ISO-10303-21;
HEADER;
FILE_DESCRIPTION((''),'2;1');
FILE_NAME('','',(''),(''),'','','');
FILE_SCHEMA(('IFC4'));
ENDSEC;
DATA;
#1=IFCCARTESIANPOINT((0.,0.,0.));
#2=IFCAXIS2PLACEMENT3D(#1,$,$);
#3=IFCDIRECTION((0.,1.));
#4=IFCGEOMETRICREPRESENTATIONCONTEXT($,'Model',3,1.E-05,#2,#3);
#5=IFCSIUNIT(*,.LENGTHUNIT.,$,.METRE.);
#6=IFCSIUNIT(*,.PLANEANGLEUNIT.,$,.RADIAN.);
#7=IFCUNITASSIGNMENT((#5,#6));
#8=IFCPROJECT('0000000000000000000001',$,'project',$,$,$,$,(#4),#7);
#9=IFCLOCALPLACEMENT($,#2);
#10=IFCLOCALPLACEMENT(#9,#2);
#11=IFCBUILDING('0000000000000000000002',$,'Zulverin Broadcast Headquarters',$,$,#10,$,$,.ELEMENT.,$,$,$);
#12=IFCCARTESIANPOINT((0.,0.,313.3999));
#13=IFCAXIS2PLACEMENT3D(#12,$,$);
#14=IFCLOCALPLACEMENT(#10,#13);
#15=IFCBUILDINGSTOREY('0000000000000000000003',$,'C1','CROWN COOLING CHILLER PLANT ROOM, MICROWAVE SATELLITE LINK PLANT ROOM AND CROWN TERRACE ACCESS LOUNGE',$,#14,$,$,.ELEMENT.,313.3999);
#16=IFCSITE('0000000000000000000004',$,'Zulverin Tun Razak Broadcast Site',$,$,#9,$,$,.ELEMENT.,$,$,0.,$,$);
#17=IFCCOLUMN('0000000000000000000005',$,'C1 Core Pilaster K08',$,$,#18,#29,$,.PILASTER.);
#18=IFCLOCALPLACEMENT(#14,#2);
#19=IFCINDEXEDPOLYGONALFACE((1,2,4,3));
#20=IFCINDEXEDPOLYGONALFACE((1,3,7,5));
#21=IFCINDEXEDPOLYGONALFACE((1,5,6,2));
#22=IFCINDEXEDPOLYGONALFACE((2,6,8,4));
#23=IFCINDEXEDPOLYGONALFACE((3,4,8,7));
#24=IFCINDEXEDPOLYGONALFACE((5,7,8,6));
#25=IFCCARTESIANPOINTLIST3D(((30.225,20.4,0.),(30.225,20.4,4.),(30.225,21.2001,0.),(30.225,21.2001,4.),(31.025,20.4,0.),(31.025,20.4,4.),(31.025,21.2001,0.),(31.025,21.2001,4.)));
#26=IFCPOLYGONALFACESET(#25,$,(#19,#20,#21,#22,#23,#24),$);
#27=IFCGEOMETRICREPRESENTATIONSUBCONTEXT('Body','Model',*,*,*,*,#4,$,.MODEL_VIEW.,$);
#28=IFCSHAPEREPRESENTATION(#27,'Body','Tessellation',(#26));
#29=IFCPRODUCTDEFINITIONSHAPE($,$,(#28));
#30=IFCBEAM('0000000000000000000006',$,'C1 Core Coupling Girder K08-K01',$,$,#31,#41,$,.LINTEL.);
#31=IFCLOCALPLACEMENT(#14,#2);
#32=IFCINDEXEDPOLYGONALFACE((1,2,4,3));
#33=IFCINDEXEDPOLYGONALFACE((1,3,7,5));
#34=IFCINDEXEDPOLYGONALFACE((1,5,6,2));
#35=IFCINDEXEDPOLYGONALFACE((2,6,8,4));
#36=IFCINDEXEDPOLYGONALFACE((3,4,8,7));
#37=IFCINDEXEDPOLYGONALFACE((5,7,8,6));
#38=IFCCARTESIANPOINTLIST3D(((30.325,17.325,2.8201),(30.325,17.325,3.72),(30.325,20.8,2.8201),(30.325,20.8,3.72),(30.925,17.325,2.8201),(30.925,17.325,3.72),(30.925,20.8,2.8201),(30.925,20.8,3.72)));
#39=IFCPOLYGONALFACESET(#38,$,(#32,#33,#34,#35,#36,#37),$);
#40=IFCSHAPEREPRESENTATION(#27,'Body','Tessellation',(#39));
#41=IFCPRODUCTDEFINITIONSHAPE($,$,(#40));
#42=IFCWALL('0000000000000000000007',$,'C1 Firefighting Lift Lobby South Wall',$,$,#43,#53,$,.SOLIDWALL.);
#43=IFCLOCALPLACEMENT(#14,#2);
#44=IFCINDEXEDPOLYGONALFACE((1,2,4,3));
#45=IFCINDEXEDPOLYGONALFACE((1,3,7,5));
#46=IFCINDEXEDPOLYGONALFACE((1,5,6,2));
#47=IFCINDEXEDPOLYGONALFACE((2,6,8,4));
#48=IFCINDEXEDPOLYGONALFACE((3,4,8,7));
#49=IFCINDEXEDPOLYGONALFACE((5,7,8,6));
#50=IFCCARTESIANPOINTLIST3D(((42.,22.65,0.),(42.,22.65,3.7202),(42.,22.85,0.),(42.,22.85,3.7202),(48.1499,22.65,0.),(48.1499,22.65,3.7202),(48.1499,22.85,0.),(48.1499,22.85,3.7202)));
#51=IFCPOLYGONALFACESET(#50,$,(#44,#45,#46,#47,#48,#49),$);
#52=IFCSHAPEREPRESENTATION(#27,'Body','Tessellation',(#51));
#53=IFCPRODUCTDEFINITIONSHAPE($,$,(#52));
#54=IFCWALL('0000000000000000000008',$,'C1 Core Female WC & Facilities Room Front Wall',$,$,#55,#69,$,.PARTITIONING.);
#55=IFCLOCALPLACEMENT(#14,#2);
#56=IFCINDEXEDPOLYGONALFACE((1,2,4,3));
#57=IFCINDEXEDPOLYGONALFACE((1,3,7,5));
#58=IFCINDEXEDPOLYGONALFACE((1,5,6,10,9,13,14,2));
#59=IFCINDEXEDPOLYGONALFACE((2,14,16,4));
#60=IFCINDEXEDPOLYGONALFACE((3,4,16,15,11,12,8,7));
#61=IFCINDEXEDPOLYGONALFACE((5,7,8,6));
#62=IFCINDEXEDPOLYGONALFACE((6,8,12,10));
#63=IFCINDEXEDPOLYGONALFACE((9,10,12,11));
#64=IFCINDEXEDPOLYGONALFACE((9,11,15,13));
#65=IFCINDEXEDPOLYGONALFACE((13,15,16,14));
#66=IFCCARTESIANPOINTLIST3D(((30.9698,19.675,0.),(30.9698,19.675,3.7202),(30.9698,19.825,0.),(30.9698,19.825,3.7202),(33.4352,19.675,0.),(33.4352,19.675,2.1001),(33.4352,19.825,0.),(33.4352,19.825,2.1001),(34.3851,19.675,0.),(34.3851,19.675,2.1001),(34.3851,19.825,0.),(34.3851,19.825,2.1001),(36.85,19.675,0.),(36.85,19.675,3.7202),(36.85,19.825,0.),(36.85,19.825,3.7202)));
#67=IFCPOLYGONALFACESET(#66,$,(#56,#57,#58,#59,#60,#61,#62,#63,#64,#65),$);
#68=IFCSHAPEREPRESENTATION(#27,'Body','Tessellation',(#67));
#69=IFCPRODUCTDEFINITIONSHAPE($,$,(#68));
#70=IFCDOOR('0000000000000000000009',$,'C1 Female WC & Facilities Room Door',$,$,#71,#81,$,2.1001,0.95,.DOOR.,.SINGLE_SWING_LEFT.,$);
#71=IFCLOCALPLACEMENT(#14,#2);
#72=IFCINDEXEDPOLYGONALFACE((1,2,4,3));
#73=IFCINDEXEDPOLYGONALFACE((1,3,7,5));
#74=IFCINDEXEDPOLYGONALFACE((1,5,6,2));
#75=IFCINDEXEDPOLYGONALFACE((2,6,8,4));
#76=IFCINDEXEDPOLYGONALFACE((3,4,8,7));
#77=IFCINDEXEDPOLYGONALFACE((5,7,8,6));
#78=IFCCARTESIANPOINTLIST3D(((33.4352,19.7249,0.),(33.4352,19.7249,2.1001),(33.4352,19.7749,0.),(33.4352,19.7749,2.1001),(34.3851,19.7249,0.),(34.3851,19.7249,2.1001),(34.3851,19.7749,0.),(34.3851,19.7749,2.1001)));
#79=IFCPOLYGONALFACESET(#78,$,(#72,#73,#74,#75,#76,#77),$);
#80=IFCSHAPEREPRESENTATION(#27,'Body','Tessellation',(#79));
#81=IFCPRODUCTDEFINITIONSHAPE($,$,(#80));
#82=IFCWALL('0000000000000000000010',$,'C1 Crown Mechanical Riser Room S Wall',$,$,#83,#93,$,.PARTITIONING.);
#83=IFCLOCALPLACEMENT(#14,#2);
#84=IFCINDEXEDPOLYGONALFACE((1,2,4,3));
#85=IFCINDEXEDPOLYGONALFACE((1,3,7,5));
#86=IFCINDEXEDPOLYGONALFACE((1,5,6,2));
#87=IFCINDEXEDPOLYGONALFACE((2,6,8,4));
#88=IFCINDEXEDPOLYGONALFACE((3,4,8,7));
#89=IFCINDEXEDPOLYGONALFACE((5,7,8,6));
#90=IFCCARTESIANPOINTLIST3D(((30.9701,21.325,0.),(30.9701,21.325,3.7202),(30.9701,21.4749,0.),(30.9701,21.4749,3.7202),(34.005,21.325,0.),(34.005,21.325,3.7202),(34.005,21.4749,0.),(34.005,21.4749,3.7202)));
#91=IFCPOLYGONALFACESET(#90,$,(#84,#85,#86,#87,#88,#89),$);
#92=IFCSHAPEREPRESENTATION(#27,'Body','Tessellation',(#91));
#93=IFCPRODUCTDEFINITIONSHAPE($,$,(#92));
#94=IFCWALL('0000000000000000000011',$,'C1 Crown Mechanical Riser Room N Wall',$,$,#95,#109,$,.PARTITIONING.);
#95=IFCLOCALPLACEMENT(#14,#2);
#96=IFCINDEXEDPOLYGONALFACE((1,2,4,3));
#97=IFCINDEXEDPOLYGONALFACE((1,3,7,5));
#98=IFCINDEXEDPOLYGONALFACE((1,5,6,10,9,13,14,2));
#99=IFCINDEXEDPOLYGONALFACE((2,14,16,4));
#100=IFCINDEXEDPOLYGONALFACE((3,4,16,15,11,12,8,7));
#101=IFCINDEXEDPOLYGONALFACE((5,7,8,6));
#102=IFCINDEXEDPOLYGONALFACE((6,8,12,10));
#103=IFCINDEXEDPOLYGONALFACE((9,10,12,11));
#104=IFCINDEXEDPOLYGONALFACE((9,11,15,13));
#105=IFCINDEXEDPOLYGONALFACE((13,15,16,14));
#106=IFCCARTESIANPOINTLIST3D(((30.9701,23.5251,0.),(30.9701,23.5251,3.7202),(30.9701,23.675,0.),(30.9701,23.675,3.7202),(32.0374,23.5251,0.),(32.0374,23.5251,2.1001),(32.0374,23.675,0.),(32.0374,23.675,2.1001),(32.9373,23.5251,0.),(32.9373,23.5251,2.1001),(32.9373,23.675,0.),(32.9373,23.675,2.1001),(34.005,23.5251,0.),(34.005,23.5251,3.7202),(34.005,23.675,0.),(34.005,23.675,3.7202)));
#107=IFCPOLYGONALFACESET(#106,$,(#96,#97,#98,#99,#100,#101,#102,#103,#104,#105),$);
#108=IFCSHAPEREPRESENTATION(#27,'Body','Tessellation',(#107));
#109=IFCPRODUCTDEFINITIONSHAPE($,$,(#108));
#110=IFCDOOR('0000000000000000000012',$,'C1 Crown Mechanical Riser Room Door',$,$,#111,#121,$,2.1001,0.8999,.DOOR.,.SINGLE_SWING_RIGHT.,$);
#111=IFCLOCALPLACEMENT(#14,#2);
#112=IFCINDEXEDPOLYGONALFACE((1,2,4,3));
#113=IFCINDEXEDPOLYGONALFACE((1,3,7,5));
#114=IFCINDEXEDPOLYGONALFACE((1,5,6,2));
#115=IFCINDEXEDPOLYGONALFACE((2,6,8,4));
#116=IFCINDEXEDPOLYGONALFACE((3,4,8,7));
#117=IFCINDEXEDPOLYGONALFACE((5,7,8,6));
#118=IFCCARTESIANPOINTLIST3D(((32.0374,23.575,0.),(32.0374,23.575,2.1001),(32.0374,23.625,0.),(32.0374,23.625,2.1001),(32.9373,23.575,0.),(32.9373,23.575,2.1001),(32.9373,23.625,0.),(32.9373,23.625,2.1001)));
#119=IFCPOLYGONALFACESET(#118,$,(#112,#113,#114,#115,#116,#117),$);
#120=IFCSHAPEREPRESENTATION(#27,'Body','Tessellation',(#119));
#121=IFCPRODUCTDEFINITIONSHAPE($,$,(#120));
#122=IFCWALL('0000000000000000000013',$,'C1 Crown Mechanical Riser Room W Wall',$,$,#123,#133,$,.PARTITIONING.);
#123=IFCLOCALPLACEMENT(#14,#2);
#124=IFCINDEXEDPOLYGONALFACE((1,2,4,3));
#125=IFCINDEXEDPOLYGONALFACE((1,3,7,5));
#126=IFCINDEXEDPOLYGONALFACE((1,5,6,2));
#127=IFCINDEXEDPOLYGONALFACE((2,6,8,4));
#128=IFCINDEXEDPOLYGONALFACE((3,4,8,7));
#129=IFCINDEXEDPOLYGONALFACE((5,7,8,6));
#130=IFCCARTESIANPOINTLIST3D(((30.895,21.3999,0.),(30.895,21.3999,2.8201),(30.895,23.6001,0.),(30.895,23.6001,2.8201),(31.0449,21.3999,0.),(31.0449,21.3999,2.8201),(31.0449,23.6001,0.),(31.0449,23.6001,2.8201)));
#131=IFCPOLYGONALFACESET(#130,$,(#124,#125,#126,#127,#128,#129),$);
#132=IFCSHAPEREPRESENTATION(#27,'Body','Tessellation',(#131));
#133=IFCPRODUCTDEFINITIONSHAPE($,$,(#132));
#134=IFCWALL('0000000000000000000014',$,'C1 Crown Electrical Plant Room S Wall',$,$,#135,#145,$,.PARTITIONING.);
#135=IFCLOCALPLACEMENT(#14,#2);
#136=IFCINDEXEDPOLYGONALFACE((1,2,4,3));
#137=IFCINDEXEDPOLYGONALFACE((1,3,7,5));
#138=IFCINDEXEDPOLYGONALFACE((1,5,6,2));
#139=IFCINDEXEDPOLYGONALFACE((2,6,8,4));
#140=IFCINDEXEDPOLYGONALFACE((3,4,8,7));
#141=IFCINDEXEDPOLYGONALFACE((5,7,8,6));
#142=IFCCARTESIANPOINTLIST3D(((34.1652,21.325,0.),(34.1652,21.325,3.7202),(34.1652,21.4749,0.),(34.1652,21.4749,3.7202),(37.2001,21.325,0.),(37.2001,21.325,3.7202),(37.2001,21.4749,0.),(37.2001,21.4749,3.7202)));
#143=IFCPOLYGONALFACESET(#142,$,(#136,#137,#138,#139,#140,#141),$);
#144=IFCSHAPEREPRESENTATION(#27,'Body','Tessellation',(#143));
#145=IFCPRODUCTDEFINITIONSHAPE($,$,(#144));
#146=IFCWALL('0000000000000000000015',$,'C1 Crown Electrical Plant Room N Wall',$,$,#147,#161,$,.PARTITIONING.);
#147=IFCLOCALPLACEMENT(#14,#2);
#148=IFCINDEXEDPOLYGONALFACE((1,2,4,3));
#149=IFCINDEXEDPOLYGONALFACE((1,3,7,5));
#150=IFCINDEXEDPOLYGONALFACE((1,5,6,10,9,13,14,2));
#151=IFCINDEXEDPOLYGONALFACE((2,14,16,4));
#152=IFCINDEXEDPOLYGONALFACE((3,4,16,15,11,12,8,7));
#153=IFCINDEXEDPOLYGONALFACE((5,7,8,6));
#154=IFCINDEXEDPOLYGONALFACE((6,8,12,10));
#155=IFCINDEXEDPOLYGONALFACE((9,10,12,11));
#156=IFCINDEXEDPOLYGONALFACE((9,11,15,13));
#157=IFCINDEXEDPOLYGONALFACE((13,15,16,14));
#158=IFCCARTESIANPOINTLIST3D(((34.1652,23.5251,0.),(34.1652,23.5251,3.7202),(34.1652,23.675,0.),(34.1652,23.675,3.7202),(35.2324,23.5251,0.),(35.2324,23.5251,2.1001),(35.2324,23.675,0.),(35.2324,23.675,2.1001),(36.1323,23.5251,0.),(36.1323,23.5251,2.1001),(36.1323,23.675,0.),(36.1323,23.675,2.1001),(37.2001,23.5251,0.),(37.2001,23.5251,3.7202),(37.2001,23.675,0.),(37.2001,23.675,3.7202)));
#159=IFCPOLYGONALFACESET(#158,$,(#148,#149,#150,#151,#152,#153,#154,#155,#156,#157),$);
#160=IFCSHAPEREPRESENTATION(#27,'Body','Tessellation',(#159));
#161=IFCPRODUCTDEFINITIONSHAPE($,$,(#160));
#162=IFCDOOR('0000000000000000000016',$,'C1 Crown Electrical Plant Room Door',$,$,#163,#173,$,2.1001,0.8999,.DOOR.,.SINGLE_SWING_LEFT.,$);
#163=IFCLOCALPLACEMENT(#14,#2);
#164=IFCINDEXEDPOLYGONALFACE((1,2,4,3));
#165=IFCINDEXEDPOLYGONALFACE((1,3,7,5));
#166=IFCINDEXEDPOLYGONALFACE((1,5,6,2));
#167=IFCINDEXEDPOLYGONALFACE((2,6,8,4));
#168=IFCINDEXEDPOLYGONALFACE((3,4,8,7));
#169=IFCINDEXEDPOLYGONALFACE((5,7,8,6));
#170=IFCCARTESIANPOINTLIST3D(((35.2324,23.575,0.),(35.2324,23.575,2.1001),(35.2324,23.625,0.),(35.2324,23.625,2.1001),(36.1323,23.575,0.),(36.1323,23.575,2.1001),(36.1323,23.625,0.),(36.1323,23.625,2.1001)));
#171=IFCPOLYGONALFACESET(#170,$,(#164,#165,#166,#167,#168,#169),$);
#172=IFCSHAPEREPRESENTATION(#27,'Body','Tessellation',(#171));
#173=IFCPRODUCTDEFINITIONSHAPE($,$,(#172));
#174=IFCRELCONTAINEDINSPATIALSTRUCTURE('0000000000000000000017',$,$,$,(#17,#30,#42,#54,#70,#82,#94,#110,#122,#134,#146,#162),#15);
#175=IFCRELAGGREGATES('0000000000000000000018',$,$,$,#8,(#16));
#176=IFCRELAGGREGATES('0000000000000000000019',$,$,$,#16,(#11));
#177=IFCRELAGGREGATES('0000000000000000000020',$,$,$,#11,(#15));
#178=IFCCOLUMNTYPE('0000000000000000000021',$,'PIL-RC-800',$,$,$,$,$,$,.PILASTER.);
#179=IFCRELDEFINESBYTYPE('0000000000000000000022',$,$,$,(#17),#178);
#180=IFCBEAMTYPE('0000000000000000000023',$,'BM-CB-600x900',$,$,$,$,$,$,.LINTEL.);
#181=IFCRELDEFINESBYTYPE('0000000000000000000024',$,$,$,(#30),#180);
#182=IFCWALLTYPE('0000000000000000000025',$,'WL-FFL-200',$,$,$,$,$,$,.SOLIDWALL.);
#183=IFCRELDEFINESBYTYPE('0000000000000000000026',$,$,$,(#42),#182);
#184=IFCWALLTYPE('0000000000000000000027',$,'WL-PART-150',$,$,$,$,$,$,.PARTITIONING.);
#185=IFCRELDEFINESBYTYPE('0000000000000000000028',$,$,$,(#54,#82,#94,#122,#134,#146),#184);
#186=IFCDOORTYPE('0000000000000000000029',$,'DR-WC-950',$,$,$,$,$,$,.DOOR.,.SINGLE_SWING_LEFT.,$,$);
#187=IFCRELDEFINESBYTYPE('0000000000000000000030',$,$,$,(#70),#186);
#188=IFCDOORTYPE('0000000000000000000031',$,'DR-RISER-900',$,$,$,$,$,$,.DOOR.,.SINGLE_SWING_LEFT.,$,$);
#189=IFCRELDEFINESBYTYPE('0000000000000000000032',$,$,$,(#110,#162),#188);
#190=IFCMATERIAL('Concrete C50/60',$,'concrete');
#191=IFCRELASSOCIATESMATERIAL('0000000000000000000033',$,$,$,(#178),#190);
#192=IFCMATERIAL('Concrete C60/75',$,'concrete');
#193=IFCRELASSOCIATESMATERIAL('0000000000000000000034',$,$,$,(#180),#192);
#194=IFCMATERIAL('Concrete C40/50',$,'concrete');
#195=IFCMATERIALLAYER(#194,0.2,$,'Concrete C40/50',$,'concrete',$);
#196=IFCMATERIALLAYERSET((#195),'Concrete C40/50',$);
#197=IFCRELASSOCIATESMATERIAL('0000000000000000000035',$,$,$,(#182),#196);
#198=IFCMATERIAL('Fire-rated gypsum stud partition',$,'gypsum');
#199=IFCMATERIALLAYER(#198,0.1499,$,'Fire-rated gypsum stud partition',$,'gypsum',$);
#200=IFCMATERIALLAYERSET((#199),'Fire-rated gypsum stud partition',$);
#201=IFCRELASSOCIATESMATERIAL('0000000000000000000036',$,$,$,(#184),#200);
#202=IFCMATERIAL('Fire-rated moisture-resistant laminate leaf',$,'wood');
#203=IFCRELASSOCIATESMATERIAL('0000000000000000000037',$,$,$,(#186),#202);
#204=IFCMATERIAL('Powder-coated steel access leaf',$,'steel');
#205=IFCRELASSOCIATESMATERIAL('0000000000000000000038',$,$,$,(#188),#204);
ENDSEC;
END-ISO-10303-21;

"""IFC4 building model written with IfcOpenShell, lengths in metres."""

from ifc_helpers import new_model, si_unit, direction, frame, frame_2d, origin, origin_2d, place, context, subcontext, project, spatial, rectangle, extrude, material, layer, layer_set, material_profile, profile_set, type_object, element, fill, save


model = new_model("IFC4")

# Units and contexts
model_context = context("Model", 3, precision=1e-05, world=origin(), true_north=direction((0.0, 1.0)))
body_context = subcontext(model_context, "Body", "Model", "MODEL_VIEW")
ifc_project = project(units=[si_unit("LENGTHUNIT", "METRE"), si_unit("PLANEANGLEUNIT", "RADIAN")], contexts=[model_context])

# Site, building, storey
site_placement = place(None, origin())
site = spatial("IfcSite", under=ifc_project, at=site_placement, Name="Zulverin Tun Razak Broadcast Site", CompositionType="ELEMENT", RefElevation=0.0)
building_placement = place(site_placement, origin())
building = spatial("IfcBuilding", under=site, at=building_placement, Name="Zulverin Broadcast Headquarters", CompositionType="ELEMENT")
storey_placement = place(building_placement, frame((0.0, 0.0, 313.3999)))
storey = spatial("IfcBuildingStorey", under=building, at=storey_placement, Name="C1", Description="CROWN COOLING CHILLER PLANT ROOM, MICROWAVE SATELLITE LINK PLANT ROOM AND CROWN TERRACE ACCESS LOUNGE", CompositionType="ELEMENT", Elevation=313.3999)

# Column
ifc_material_1 = material(Name="Concrete C50/60", Category="concrete")
ifc_material_profile_1 = material_profile(ifc_material_1, rectangle(XDim=0.8, YDim=0.8, at=origin_2d()), Name="Concrete C50/60", Category="concrete")
ifc_profile_set_1 = profile_set([ifc_material_profile_1], Name="Concrete C50/60")
column_type = type_object("IfcColumnType", Name="PIL-RC-800", PredefinedType="PILASTER", material=ifc_profile_set_1)
column_placement = place(storey_placement, frame((30.625, 20.8, 0.0), z_axis=(0.0, 0.0, 1.0), x_axis=(1.0, 0.0, 0.0)))
element("IfcColumn", 1, at=column_placement, inside=storey, type_object=column_type, Name="C1 Core Pilaster K08", PredefinedType="PILASTER", context=body_context, shape_type="SweptSolid", body=[
    extrude(rectangle(XDim=0.8, YDim=0.8, at=origin_2d()), origin(), (0.0, 0.0, 1.0), 4.0),
])

# Beam
ifc_material_2 = material(Name="Concrete C60/75", Category="concrete")
ifc_material_profile_2 = material_profile(ifc_material_2, rectangle(XDim=0.6001, YDim=0.8999, at=origin_2d()), Name="Concrete C60/75", Category="concrete")
ifc_profile_set_2 = profile_set([ifc_material_profile_2], Name="Concrete C60/75")
beam_type = type_object("IfcBeamType", Name="BM-CB-600x900", PredefinedType="LINTEL", material=ifc_profile_set_2)
beam_placement = place(storey_placement, frame((30.625, 20.8, 3.27), z_axis=(0.0, -1.0, 0.0), x_axis=(1.0, 0.0, 0.0)))
element("IfcBeam", 2, at=beam_placement, inside=storey, type_object=beam_type, Name="C1 Core Coupling Girder K08-K01", PredefinedType="LINTEL", context=body_context, shape_type="SweptSolid", body=[
    extrude(rectangle(XDim=0.6001, YDim=0.8999, at=origin_2d()), origin(), (0.0, 0.0, 1.0), 3.4751),
])

# Shared definitions
ifc_material_3 = material(Name="Concrete C40/50", Category="concrete")
ifc_layer_1 = layer(ifc_material_3, 0.2, Name="Concrete C40/50", Category="concrete")
ifc_layer_set_1 = layer_set([ifc_layer_1], Name="Concrete C40/50")
wall_type_1 = type_object("IfcWallType", Name="WL-FFL-200", PredefinedType="SOLIDWALL", material=ifc_layer_set_1)

# Wall
wall_1_placement = place(storey_placement, frame((42.0, 22.75, 0.0), z_axis=(0.0, 0.0, 1.0), x_axis=(1.0, 0.0, 0.0)))
element("IfcWall", 3, at=wall_1_placement, inside=storey, type_object=wall_type_1, Name="C1 Firefighting Lift Lobby South Wall", PredefinedType="SOLIDWALL", context=body_context, shape_type="SweptSolid", body=[
    extrude(rectangle(XDim=6.1499, YDim=0.2, at=frame_2d((3.075, 0.0))), origin(), (0.0, 0.0, 1.0), 3.7202),
])

# Wall, opening, door
ifc_material_4 = material(Name="Fire-rated gypsum stud partition", Category="gypsum")
ifc_layer_2 = layer(ifc_material_4, 0.1499, Name="Fire-rated gypsum stud partition", Category="gypsum")
ifc_layer_set_2 = layer_set([ifc_layer_2], Name="Fire-rated gypsum stud partition")
wall_type_2 = type_object("IfcWallType", Name="WL-PART-150", PredefinedType="PARTITIONING", material=ifc_layer_set_2)
wall_2_placement = place(storey_placement, frame((30.97, 19.75, 0.0), z_axis=(0.0, 0.0, 1.0), x_axis=(1.0, 0.0, 0.0)))
wall_2 = element("IfcWall", 4, at=wall_2_placement, inside=storey, type_object=wall_type_2, Name="C1 Core Female WC & Facilities Room Front Wall", PredefinedType="PARTITIONING", context=body_context, shape_type="SweptSolid", body=[
    extrude(rectangle(XDim=5.8801, YDim=0.1499, at=frame_2d((2.9399, 0.0))), origin(), (0.0, 0.0, 1.0), 3.7202),
])
opening_1_placement = place(wall_2_placement, frame((2.4651, 0.0, 0.0)))
opening_1 = element("IfcOpeningElement", 5, at=opening_1_placement, cuts=wall_2, PredefinedType="OPENING", context=body_context, shape_type="SweptSolid", body=[
    extrude(rectangle(XDim=0.95, YDim=2.1001, at=frame_2d((0.4751, 1.05))), frame((0.0, 0.085, 0.0), z_axis=(0.0, -1.0, 0.0), x_axis=(1.0, 0.0, 0.0)), (0.0, 0.0, 1.0), 0.1699),
])
ifc_material_5 = material(Name="Fire-rated moisture-resistant laminate leaf", Category="wood")
door_type_1 = type_object("IfcDoorType", Name="DR-WC-950", OperationType="SINGLE_SWING_LEFT", PredefinedType="DOOR", material=ifc_material_5)
door_1_placement = place(opening_1_placement, origin())
door_1 = element("IfcDoor", 6, at=door_1_placement, inside=storey, type_object=door_type_1, Name="C1 Female WC & Facilities Room Door", OperationType="SINGLE_SWING_LEFT", OverallHeight=2.1001, OverallWidth=0.95, PredefinedType="DOOR", context=body_context, shape_type="SweptSolid", body=[
    extrude(rectangle(XDim=0.95, YDim=2.1001, at=frame_2d((0.4751, 1.05))), frame((0.0, 0.0249, 0.0), z_axis=(0.0, -1.0, 0.0), x_axis=(1.0, 0.0, 0.0)), (0.0, 0.0, 1.0), 0.05),
])
fill(opening_1, door_1)

# Wall
wall_3_placement = place(storey_placement, frame((30.97, 21.3999, 0.0), z_axis=(0.0, 0.0, 1.0), x_axis=(1.0, 0.0, 0.0)))
element("IfcWall", 7, at=wall_3_placement, inside=storey, type_object=wall_type_2, Name="C1 Crown Mechanical Riser Room S Wall", PredefinedType="PARTITIONING", context=body_context, shape_type="SweptSolid", body=[
    extrude(rectangle(XDim=3.0349, YDim=0.1499, at=frame_2d((1.5176, 0.0))), origin(), (0.0, 0.0, 1.0), 3.7202),
])

# Wall, opening, door
wall_4_placement = place(storey_placement, frame((30.97, 23.6001, 0.0), z_axis=(0.0, 0.0, 1.0), x_axis=(1.0, 0.0, 0.0)))
wall_4 = element("IfcWall", 8, at=wall_4_placement, inside=storey, type_object=wall_type_2, Name="C1 Crown Mechanical Riser Room N Wall", PredefinedType="PARTITIONING", context=body_context, shape_type="SweptSolid", body=[
    extrude(rectangle(XDim=3.0349, YDim=0.1499, at=frame_2d((1.5176, 0.0))), origin(), (0.0, 0.0, 1.0), 3.7202),
])
opening_2_placement = place(wall_4_placement, frame((1.0674, 0.0, 0.0)))
opening_2 = element("IfcOpeningElement", 9, at=opening_2_placement, cuts=wall_4, PredefinedType="OPENING", context=body_context, shape_type="SweptSolid", body=[
    extrude(rectangle(XDim=0.8999, YDim=2.1001, at=frame_2d((0.45, 1.05))), frame((0.0, 0.085, 0.0), z_axis=(0.0, -1.0, 0.0), x_axis=(1.0, 0.0, 0.0)), (0.0, 0.0, 1.0), 0.1699),
])
ifc_material_6 = material(Name="Powder-coated steel access leaf", Category="steel")
door_type_2 = type_object("IfcDoorType", Name="DR-RISER-900", OperationType="SINGLE_SWING_LEFT", PredefinedType="DOOR", material=ifc_material_6)
door_2_placement = place(opening_2_placement, origin())
door_2 = element("IfcDoor", 10, at=door_2_placement, inside=storey, type_object=door_type_2, Name="C1 Crown Mechanical Riser Room Door", OperationType="SINGLE_SWING_RIGHT", OverallHeight=2.1001, OverallWidth=0.8999, PredefinedType="DOOR", context=body_context, shape_type="SweptSolid", body=[
    extrude(rectangle(XDim=0.8999, YDim=2.1001, at=frame_2d((0.45, 1.05))), frame((0.0, 0.0249, 0.0), z_axis=(0.0, -1.0, 0.0), x_axis=(1.0, 0.0, 0.0)), (0.0, 0.0, 1.0), 0.05),
])
fill(opening_2, door_2)

# Walls
wall_5_placement = place(storey_placement, frame((30.97, 21.3999, 0.0), z_axis=(0.0, 0.0, 1.0), x_axis=(0.0, 1.0, 0.0)))
element("IfcWall", 11, at=wall_5_placement, inside=storey, type_object=wall_type_2, Name="C1 Crown Mechanical Riser Room W Wall", PredefinedType="PARTITIONING", context=body_context, shape_type="SweptSolid", body=[
    extrude(rectangle(XDim=2.2002, YDim=0.1499, at=frame_2d((1.1001, 0.0))), origin(), (0.0, 0.0, 1.0), 2.8201),
])
wall_6_placement = place(storey_placement, frame((34.165, 21.3999, 0.0), z_axis=(0.0, 0.0, 1.0), x_axis=(1.0, 0.0, 0.0)))
element("IfcWall", 12, at=wall_6_placement, inside=storey, type_object=wall_type_2, Name="C1 Crown Electrical Plant Room S Wall", PredefinedType="PARTITIONING", context=body_context, shape_type="SweptSolid", body=[
    extrude(rectangle(XDim=3.0349, YDim=0.1499, at=frame_2d((1.5176, 0.0))), origin(), (0.0, 0.0, 1.0), 3.7202),
])

# Wall, opening, door
wall_7_placement = place(storey_placement, frame((34.165, 23.6001, 0.0), z_axis=(0.0, 0.0, 1.0), x_axis=(1.0, 0.0, 0.0)))
wall_7 = element("IfcWall", 13, at=wall_7_placement, inside=storey, type_object=wall_type_2, Name="C1 Crown Electrical Plant Room N Wall", PredefinedType="PARTITIONING", context=body_context, shape_type="SweptSolid", body=[
    extrude(rectangle(XDim=3.0349, YDim=0.1499, at=frame_2d((1.5176, 0.0))), origin(), (0.0, 0.0, 1.0), 3.7202),
])
opening_3_placement = place(wall_7_placement, frame((1.0674, 0.0, 0.0)))
opening_3 = element("IfcOpeningElement", 14, at=opening_3_placement, cuts=wall_7, PredefinedType="OPENING", context=body_context, shape_type="SweptSolid", body=[
    extrude(rectangle(XDim=0.8999, YDim=2.1001, at=frame_2d((0.45, 1.05))), frame((0.0, 0.085, 0.0), z_axis=(0.0, -1.0, 0.0), x_axis=(1.0, 0.0, 0.0)), (0.0, 0.0, 1.0), 0.1699),
])
door_3_placement = place(opening_3_placement, origin())
door_3 = element("IfcDoor", 15, at=door_3_placement, inside=storey, type_object=door_type_2, Name="C1 Crown Electrical Plant Room Door", OperationType="SINGLE_SWING_LEFT", OverallHeight=2.1001, OverallWidth=0.8999, PredefinedType="DOOR", context=body_context, shape_type="SweptSolid", body=[
    extrude(rectangle(XDim=0.8999, YDim=2.1001, at=frame_2d((0.45, 1.05))), frame((0.0, 0.0249, 0.0), z_axis=(0.0, -1.0, 0.0), x_axis=(1.0, 0.0, 0.0)), (0.0, 0.0, 1.0), 0.05),
])
fill(opening_3, door_3)

save(model, "model.ifc")
